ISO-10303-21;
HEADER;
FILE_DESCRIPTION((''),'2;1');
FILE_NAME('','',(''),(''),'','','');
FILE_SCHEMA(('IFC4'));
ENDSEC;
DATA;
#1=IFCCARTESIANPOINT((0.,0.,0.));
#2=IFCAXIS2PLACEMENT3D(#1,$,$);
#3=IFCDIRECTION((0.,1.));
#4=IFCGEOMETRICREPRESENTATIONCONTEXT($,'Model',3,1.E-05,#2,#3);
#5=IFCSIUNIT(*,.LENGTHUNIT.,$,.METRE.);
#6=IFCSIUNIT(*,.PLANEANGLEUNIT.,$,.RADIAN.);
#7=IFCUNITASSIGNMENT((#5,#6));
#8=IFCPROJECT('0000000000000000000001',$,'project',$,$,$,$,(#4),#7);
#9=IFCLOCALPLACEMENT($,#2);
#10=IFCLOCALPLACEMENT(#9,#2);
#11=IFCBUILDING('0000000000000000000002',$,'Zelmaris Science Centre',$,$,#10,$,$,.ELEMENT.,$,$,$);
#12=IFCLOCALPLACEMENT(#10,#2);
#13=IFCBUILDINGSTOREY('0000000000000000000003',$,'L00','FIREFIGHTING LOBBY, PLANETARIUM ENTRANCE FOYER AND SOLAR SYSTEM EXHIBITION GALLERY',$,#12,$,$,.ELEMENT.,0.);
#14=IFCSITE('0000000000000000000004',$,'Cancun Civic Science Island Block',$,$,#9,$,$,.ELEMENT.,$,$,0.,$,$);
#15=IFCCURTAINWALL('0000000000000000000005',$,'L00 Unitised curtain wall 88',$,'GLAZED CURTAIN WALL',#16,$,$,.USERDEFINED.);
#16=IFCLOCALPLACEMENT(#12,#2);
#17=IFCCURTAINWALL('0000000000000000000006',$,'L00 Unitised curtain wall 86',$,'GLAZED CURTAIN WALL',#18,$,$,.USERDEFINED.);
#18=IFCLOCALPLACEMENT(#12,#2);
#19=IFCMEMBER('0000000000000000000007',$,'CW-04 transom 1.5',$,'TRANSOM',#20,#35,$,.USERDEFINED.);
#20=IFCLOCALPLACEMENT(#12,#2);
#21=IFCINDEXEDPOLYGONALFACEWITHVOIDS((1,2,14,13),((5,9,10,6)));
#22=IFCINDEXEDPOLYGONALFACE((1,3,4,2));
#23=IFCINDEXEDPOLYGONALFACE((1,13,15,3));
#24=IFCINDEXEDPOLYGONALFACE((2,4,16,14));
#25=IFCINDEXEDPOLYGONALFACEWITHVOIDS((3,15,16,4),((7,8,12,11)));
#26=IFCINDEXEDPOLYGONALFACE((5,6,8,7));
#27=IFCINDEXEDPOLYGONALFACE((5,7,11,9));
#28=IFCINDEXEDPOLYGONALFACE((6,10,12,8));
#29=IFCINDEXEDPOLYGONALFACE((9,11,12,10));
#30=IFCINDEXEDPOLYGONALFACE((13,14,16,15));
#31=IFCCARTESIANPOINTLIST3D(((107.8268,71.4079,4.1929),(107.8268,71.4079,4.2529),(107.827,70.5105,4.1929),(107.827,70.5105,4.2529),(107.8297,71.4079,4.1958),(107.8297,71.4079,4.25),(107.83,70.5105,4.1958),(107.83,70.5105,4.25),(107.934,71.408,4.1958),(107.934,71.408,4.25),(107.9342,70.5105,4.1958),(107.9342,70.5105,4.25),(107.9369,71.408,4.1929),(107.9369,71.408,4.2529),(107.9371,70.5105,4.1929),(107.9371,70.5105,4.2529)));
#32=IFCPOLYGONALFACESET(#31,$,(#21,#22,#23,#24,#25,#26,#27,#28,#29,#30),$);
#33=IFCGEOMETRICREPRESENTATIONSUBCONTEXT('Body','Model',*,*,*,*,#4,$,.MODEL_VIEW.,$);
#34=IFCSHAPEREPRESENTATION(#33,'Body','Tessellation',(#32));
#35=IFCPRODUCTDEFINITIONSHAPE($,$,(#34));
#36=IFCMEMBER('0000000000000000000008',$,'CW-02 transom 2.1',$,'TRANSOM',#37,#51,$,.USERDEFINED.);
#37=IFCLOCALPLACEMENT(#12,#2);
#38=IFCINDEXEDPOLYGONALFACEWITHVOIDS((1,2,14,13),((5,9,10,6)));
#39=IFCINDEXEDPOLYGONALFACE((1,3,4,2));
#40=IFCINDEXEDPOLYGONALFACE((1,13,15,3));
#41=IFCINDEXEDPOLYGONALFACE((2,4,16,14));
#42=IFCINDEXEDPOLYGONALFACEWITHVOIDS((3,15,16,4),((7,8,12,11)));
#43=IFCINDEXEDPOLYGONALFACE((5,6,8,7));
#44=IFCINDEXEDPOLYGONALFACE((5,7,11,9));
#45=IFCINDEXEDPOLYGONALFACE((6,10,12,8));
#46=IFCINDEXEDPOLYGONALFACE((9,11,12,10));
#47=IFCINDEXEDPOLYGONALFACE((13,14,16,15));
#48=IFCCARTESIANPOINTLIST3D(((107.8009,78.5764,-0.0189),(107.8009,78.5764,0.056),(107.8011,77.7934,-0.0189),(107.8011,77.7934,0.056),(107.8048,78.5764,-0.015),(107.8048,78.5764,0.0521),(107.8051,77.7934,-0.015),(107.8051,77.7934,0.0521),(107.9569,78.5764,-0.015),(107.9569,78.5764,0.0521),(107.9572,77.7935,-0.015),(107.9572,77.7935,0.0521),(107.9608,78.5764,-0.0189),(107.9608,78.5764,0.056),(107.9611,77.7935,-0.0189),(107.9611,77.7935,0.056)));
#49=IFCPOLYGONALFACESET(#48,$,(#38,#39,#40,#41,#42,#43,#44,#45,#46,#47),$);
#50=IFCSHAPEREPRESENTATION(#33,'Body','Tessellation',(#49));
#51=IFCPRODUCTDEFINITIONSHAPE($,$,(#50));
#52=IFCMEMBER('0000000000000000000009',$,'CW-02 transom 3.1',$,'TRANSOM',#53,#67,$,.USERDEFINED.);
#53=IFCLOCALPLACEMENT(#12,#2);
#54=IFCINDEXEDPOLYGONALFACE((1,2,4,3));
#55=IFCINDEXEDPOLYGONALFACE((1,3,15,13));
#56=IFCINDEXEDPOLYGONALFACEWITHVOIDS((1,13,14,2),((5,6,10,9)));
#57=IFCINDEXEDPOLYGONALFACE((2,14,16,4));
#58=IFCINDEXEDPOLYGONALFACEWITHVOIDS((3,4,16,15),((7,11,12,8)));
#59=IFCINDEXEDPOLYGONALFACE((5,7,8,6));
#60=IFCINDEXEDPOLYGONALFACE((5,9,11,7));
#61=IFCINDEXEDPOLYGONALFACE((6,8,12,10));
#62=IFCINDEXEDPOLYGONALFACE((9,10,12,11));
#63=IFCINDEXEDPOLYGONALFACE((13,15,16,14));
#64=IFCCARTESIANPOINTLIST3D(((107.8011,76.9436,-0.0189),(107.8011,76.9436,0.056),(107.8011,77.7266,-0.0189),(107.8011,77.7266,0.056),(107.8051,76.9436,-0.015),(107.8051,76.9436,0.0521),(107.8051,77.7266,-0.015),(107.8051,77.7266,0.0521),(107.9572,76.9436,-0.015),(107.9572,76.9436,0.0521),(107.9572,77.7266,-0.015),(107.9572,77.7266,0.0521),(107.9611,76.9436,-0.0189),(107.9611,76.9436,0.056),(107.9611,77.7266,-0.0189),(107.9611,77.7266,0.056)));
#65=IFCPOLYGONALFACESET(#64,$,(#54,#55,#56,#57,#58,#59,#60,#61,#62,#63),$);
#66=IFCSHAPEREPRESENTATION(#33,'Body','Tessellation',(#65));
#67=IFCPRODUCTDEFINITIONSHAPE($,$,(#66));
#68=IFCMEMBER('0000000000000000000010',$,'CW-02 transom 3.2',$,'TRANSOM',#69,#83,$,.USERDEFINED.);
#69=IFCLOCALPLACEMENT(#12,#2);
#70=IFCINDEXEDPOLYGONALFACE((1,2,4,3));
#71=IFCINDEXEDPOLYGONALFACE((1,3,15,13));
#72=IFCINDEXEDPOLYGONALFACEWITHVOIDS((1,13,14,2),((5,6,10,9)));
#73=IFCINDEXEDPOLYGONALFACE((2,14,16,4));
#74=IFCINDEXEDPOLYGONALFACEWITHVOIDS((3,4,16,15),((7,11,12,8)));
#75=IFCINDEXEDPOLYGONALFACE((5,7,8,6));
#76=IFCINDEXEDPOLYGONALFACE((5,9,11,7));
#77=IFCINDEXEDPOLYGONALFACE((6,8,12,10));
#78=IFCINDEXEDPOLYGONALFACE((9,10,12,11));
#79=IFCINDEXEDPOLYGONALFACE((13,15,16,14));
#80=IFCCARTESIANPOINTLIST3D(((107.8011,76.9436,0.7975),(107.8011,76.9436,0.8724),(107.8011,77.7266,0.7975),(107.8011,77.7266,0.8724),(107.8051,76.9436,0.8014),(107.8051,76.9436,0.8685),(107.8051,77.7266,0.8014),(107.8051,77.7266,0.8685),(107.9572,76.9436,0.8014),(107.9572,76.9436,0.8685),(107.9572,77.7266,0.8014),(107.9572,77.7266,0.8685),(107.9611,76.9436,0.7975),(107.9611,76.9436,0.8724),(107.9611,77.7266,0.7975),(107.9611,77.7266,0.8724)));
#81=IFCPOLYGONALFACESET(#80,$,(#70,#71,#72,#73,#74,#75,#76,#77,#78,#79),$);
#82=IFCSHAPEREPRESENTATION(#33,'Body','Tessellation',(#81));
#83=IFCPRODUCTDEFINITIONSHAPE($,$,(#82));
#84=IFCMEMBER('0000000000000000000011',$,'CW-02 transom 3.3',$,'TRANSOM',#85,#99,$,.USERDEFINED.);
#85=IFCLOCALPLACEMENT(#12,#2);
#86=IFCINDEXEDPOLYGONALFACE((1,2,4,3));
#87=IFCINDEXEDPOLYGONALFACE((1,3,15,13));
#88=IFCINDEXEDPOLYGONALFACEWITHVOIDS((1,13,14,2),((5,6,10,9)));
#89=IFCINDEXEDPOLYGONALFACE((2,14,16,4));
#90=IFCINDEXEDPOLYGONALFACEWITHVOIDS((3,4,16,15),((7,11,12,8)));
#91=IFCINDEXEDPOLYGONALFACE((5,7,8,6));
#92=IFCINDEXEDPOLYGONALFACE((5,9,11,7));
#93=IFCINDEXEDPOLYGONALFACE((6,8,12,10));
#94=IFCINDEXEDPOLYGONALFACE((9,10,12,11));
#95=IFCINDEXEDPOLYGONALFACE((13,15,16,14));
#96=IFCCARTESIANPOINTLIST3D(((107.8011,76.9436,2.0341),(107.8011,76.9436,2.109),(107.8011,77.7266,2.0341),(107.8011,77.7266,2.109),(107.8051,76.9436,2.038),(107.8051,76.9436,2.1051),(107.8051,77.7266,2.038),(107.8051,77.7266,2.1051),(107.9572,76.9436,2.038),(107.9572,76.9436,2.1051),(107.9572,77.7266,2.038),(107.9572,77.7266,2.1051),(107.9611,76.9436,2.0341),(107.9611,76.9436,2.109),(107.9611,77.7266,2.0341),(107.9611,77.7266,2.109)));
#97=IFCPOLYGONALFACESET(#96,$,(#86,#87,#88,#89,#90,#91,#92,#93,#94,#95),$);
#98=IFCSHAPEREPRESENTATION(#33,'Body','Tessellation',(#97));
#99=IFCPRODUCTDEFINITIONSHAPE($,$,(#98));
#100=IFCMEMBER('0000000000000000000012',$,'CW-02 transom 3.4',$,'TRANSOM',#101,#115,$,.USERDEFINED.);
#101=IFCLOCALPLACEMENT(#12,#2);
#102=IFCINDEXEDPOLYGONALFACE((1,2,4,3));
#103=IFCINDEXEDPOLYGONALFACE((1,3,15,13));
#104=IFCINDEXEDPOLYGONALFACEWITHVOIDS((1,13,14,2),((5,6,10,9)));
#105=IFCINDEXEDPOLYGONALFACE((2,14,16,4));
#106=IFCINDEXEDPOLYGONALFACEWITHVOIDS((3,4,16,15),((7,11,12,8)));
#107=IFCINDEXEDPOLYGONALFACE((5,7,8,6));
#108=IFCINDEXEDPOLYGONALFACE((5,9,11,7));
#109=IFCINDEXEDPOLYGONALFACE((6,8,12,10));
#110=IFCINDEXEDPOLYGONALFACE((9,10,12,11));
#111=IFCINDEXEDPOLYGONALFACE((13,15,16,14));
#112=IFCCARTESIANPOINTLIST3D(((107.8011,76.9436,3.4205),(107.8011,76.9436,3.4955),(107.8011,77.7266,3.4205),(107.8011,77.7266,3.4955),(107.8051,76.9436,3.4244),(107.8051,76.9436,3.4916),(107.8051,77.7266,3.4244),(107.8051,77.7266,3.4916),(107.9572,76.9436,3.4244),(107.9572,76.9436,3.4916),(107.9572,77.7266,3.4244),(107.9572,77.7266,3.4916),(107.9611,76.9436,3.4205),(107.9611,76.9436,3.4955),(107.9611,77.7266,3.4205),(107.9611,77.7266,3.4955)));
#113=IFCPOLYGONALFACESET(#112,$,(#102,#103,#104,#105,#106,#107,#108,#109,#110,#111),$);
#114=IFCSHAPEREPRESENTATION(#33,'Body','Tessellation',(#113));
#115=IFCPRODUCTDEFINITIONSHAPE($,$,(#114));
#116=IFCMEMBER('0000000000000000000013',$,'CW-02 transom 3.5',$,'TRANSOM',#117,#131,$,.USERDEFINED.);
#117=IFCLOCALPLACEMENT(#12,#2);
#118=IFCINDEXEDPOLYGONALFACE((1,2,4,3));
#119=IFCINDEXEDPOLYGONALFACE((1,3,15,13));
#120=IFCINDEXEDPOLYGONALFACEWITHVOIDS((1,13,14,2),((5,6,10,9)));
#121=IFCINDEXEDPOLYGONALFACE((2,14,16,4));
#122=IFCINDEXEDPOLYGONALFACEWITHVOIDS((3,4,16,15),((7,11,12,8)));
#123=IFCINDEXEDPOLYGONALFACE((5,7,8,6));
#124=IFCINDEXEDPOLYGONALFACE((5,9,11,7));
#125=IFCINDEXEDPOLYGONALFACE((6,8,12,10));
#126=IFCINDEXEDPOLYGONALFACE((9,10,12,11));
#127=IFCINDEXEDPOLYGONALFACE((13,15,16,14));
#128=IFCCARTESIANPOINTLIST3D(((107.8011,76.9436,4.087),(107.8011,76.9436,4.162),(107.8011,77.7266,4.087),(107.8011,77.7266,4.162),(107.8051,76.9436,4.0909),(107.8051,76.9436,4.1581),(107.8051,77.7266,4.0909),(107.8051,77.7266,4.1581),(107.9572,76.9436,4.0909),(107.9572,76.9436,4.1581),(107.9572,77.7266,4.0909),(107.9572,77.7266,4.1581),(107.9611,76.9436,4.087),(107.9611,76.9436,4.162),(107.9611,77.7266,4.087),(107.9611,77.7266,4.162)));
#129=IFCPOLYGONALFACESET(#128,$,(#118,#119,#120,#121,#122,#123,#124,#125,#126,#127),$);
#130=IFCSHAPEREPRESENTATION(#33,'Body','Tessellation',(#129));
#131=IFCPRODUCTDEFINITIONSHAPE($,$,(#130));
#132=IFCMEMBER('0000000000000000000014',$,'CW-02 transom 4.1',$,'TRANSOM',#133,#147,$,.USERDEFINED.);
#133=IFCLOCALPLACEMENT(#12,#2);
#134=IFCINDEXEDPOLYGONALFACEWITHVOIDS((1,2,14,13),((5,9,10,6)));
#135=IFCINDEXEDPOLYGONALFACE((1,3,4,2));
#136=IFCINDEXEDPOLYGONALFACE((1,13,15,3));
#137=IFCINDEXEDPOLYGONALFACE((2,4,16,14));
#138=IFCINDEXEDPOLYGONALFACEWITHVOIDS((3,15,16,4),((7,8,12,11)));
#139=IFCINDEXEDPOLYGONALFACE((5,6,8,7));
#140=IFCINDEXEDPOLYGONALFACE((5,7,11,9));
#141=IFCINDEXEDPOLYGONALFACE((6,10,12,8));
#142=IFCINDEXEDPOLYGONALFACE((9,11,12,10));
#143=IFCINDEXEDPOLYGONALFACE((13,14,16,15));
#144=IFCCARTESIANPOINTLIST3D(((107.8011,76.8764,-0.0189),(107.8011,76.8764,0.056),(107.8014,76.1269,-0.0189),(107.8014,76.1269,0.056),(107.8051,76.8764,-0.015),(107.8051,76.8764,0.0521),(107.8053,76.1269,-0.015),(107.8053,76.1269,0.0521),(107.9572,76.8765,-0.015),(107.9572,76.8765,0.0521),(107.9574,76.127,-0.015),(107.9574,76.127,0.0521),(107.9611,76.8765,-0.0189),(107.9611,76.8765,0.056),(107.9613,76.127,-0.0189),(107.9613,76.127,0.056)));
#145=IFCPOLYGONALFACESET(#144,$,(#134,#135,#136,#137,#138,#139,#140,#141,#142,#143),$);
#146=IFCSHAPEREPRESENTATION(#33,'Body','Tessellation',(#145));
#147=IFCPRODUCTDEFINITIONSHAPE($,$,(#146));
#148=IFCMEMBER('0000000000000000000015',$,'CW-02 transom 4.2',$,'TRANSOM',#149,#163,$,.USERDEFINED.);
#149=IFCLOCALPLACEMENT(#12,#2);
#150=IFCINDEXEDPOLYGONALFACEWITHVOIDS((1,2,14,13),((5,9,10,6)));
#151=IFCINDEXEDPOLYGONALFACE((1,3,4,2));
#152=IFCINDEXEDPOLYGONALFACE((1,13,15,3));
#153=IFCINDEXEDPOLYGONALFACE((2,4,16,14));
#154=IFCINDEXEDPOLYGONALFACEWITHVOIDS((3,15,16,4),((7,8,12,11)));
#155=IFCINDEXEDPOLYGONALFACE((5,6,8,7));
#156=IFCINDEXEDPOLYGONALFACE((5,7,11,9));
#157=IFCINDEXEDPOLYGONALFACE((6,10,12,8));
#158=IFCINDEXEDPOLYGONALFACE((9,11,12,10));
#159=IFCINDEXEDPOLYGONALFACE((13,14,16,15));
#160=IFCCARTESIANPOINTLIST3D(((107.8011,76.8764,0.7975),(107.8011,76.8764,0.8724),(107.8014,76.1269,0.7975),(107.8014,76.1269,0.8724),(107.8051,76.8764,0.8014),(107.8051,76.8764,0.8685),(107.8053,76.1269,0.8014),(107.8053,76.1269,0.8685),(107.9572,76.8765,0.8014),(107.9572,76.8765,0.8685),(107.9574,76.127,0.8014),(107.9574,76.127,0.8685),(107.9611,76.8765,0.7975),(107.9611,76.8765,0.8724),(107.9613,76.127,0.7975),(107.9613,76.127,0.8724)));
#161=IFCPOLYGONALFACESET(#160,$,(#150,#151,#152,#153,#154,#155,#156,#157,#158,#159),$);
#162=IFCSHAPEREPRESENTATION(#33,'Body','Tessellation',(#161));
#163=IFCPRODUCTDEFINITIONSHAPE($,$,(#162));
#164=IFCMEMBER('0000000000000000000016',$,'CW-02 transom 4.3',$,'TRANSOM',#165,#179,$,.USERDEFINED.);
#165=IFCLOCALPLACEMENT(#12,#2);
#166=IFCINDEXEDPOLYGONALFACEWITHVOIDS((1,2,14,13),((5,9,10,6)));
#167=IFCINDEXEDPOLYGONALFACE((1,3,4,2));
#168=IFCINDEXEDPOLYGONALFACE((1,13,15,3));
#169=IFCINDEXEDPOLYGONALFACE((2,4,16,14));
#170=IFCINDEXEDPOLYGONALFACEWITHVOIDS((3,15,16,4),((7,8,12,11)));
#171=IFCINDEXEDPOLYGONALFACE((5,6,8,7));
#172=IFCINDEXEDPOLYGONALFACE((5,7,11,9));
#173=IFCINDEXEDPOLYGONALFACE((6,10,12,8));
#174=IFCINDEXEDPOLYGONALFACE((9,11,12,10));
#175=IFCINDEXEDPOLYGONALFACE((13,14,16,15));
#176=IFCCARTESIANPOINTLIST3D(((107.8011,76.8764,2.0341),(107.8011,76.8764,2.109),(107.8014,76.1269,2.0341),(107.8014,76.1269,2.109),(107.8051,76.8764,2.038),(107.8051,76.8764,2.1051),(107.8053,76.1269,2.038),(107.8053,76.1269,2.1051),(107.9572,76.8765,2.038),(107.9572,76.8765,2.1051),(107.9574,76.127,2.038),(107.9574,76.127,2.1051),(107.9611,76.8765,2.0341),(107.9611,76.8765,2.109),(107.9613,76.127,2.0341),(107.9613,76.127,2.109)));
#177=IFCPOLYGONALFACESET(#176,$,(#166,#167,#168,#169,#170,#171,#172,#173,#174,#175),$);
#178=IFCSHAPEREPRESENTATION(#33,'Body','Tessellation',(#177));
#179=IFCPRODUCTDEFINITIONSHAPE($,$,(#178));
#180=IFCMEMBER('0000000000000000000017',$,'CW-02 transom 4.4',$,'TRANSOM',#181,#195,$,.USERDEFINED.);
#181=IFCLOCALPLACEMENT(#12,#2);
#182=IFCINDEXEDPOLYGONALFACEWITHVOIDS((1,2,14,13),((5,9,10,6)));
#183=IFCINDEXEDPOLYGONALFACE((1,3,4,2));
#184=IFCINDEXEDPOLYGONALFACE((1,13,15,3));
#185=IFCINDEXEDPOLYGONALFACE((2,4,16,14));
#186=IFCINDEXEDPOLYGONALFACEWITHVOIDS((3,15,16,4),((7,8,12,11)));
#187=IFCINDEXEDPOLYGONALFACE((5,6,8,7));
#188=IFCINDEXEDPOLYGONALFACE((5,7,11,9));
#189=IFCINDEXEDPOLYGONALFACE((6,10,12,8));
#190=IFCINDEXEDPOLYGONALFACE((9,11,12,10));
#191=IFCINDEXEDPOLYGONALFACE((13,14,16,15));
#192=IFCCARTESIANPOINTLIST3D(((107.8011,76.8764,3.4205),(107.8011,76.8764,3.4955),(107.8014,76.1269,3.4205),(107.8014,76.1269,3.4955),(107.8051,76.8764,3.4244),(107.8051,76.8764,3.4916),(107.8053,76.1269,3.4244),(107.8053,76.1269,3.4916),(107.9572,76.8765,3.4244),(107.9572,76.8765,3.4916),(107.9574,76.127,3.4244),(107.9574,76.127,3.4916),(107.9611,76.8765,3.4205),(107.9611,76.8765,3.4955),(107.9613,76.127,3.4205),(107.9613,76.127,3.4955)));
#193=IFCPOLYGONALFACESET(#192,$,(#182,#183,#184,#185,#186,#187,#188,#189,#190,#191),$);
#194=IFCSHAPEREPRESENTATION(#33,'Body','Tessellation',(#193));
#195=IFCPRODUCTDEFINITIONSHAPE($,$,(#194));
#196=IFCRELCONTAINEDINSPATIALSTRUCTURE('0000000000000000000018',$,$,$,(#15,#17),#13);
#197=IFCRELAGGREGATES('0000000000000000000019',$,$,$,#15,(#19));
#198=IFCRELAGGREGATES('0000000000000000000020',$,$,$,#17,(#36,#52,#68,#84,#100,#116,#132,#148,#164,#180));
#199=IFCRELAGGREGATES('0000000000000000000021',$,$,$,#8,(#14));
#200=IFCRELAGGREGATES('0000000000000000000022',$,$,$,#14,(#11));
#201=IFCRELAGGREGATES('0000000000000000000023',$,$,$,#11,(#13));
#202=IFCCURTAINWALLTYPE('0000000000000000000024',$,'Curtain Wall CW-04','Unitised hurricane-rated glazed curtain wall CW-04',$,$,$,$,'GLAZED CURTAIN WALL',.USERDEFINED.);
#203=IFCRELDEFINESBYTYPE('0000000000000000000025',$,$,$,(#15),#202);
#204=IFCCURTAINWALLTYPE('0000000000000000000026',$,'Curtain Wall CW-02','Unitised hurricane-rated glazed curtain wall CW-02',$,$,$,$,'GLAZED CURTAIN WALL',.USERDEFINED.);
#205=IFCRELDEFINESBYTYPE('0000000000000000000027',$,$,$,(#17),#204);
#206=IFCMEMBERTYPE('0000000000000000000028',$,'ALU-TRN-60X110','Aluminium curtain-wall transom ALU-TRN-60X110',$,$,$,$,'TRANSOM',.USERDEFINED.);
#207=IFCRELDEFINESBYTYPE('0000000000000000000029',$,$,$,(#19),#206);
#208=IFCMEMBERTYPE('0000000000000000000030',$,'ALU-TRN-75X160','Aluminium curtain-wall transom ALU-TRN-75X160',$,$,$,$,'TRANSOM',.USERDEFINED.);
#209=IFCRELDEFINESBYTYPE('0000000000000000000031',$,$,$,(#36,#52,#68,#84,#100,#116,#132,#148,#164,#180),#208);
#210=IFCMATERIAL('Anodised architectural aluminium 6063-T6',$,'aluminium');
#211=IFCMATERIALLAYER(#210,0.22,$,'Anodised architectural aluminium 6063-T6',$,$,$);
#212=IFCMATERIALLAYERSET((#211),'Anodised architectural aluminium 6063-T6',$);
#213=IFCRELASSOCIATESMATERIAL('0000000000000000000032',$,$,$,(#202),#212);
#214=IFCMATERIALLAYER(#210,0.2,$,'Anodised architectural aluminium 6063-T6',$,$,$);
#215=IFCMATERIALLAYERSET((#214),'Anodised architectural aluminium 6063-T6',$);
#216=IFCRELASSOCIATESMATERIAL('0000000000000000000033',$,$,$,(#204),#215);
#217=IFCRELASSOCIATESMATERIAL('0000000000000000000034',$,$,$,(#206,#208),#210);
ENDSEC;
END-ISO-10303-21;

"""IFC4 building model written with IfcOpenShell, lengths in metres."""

from ifc_helpers import new_model, si_unit, direction, frame, origin, origin_2d, place, context, subcontext, project, spatial, hollow_rectangle, extrude, material, layer, layer_set, material_profile, profile_set, type_object, element, aggregate, save


model = new_model("IFC4")

# Units and contexts
model_context = context("Model", 3, precision=1e-05, world=origin(), true_north=direction((0.0, 1.0)))
body_context = subcontext(model_context, "Body", "Model", "MODEL_VIEW")
ifc_project = project(units=[si_unit("LENGTHUNIT", "METRE"), si_unit("PLANEANGLEUNIT", "RADIAN")], contexts=[model_context])

# Site, building, storey
site_placement = place(None, origin())
site = spatial("IfcSite", under=ifc_project, at=site_placement, Name="Cancun Civic Science Island Block", CompositionType="ELEMENT", RefElevation=0.0)
building_placement = place(site_placement, origin())
building = spatial("IfcBuilding", under=site, at=building_placement, Name="Zelmaris Science Centre", CompositionType="ELEMENT")
storey_placement = place(building_placement, origin())
storey = spatial("IfcBuildingStorey", under=building, at=storey_placement, Name="L00", Description="FIREFIGHTING LOBBY, PLANETARIUM ENTRANCE FOYER AND SOLAR SYSTEM EXHIBITION GALLERY", CompositionType="ELEMENT", Elevation=0.0)

# Curtain wall
ifc_material_1 = material(Name="Anodised architectural aluminium 6063-T6", Category="aluminium")
ifc_layer_1 = layer(ifc_material_1, 0.22, Name="Anodised architectural aluminium 6063-T6")
ifc_layer_set_1 = layer_set([ifc_layer_1], Name="Anodised architectural aluminium 6063-T6")
curtain_wall_type_1 = type_object("IfcCurtainWallType", Name="Curtain Wall CW-04", Description="Unitised hurricane-rated glazed curtain wall CW-04", ElementType="GLAZED CURTAIN WALL", PredefinedType="USERDEFINED", material=ifc_layer_set_1)
curtain_wall_1_placement = place(storey_placement, origin())
curtain_wall_1 = element("IfcCurtainWall", 1, at=curtain_wall_1_placement, inside=storey, type_object=curtain_wall_type_1, Name="L00 Unitised curtain wall 88", ObjectType="GLAZED CURTAIN WALL", PredefinedType="USERDEFINED")

# Curtain wall
ifc_layer_2 = layer(ifc_material_1, 0.2, Name="Anodised architectural aluminium 6063-T6")
ifc_layer_set_2 = layer_set([ifc_layer_2], Name="Anodised architectural aluminium 6063-T6")
curtain_wall_type_2 = type_object("IfcCurtainWallType", Name="Curtain Wall CW-02", Description="Unitised hurricane-rated glazed curtain wall CW-02", ElementType="GLAZED CURTAIN WALL", PredefinedType="USERDEFINED", material=ifc_layer_set_2)
curtain_wall_2_placement = place(storey_placement, origin())
curtain_wall_2 = element("IfcCurtainWall", 2, at=curtain_wall_2_placement, inside=storey, type_object=curtain_wall_type_2, Name="L00 Unitised curtain wall 86", ObjectType="GLAZED CURTAIN WALL", PredefinedType="USERDEFINED")

# Members
ifc_material_profile_1 = material_profile(ifc_material_1, hollow_rectangle(XDim=0.0601, YDim=0.1101, WallThickness=0.0029, at=origin_2d()), Name="ALU-TRN-60X110")
ifc_profile_set_1 = profile_set([ifc_material_profile_1], Name="Anodised architectural aluminium 6063-T6")
member_type_1 = type_object("IfcMemberType", Name="ALU-TRN-60X110", Description="Aluminium curtain-wall transom ALU-TRN-60X110", ElementType="TRANSOM", PredefinedType="USERDEFINED", material=ifc_profile_set_1)
member_1_placement = place(storey_placement, frame((107.8818, 71.408, 4.2229), z_axis=(0.000272, -1.0, 0.0), x_axis=(0.0, 0.0, 1.0)))
member_1 = element("IfcMember", 3, at=member_1_placement, type_object=member_type_1, Name="CW-04 transom 1.5", ObjectType="TRANSOM", PredefinedType="USERDEFINED", context=body_context, shape_type="SweptSolid", body=[
    extrude(hollow_rectangle(XDim=0.0601, YDim=0.1101, WallThickness=0.0029, at=origin_2d()), origin(), (0.0, 0.0, 1.0), 0.8975),
])
aggregate(curtain_wall_1, [member_1])
ifc_material_profile_2 = material_profile(ifc_material_1, hollow_rectangle(XDim=0.075, YDim=0.1599, WallThickness=0.0039, at=origin_2d()), Name="ALU-TRN-75X160")
ifc_profile_set_2 = profile_set([ifc_material_profile_2], Name="Anodised architectural aluminium 6063-T6")
member_type_2 = type_object("IfcMemberType", Name="ALU-TRN-75X160", Description="Aluminium curtain-wall transom ALU-TRN-75X160", ElementType="TRANSOM", PredefinedType="USERDEFINED", material=ifc_profile_set_2)
member_2_placement = place(storey_placement, frame((107.8809, 78.5764, 0.0186), z_axis=(0.000312, -1.0, 0.0), x_axis=(0.0, 0.0, 1.0)))
member_2 = element("IfcMember", 4, at=member_2_placement, type_object=member_type_2, Name="CW-02 transom 2.1", ObjectType="TRANSOM", PredefinedType="USERDEFINED", context=body_context, shape_type="SweptSolid", body=[
    extrude(hollow_rectangle(XDim=0.075, YDim=0.1599, WallThickness=0.0039, at=origin_2d()), origin(), (0.0, 0.0, 1.0), 0.783),
])
member_3_placement = place(storey_placement, frame((107.8811, 77.7266, 0.0186), z_axis=(0.0, -1.0, 0.0), x_axis=(0.0, 0.0, 1.0)))
member_3 = element("IfcMember", 5, at=member_3_placement, type_object=member_type_2, Name="CW-02 transom 3.1", ObjectType="TRANSOM", PredefinedType="USERDEFINED", context=body_context, shape_type="SweptSolid", body=[
    extrude(hollow_rectangle(XDim=0.075, YDim=0.1599, WallThickness=0.0039, at=origin_2d()), origin(), (0.0, 0.0, 1.0), 0.783),
])
member_4_placement = place(storey_placement, frame((107.8811, 77.7266, 0.835), z_axis=(0.0, -1.0, 0.0), x_axis=(0.0, 0.0, 1.0)))
member_4 = element("IfcMember", 6, at=member_4_placement, type_object=member_type_2, Name="CW-02 transom 3.2", ObjectType="TRANSOM", PredefinedType="USERDEFINED", context=body_context, shape_type="SweptSolid", body=[
    extrude(hollow_rectangle(XDim=0.075, YDim=0.1599, WallThickness=0.0039, at=origin_2d()), origin(), (0.0, 0.0, 1.0), 0.783),
])
member_5_placement = place(storey_placement, frame((107.8811, 77.7266, 2.0715), z_axis=(0.0, -1.0, 0.0), x_axis=(0.0, 0.0, 1.0)))
member_5 = element("IfcMember", 7, at=member_5_placement, type_object=member_type_2, Name="CW-02 transom 3.3", ObjectType="TRANSOM", PredefinedType="USERDEFINED", context=body_context, shape_type="SweptSolid", body=[
    extrude(hollow_rectangle(XDim=0.075, YDim=0.1599, WallThickness=0.0039, at=origin_2d()), origin(), (0.0, 0.0, 1.0), 0.783),
])
member_6_placement = place(storey_placement, frame((107.8811, 77.7266, 3.458), z_axis=(0.0, -1.0, 0.0), x_axis=(0.0, 0.0, 1.0)))
member_6 = element("IfcMember", 8, at=member_6_placement, type_object=member_type_2, Name="CW-02 transom 3.4", ObjectType="TRANSOM", PredefinedType="USERDEFINED", context=body_context, shape_type="SweptSolid", body=[
    extrude(hollow_rectangle(XDim=0.075, YDim=0.1599, WallThickness=0.0039, at=origin_2d()), origin(), (0.0, 0.0, 1.0), 0.783),
])
member_7_placement = place(storey_placement, frame((107.8811, 77.7266, 4.1245), z_axis=(0.0, -1.0, 0.0), x_axis=(0.0, 0.0, 1.0)))
member_7 = element("IfcMember", 9, at=member_7_placement, type_object=member_type_2, Name="CW-02 transom 3.5", ObjectType="TRANSOM", PredefinedType="USERDEFINED", context=body_context, shape_type="SweptSolid", body=[
    extrude(hollow_rectangle(XDim=0.075, YDim=0.1599, WallThickness=0.0039, at=origin_2d()), origin(), (0.0, 0.0, 1.0), 0.783),
])
member_8_placement = place(storey_placement, frame((107.8811, 76.8765, 0.0186), z_axis=(0.000326, -1.0, 0.0), x_axis=(0.0, 0.0, 1.0)))
member_8 = element("IfcMember", 10, at=member_8_placement, type_object=member_type_2, Name="CW-02 transom 4.1", ObjectType="TRANSOM", PredefinedType="USERDEFINED", context=body_context, shape_type="SweptSolid", body=[
    extrude(hollow_rectangle(XDim=0.075, YDim=0.1599, WallThickness=0.0039, at=origin_2d()), origin(), (0.0, 0.0, 1.0), 0.7495),
])
member_9_placement = place(storey_placement, frame((107.8811, 76.8765, 0.835), z_axis=(0.000326, -1.0, 0.0), x_axis=(0.0, 0.0, 1.0)))
member_9 = element("IfcMember", 11, at=member_9_placement, type_object=member_type_2, Name="CW-02 transom 4.2", ObjectType="TRANSOM", PredefinedType="USERDEFINED", context=body_context, shape_type="SweptSolid", body=[
    extrude(hollow_rectangle(XDim=0.075, YDim=0.1599, WallThickness=0.0039, at=origin_2d()), origin(), (0.0, 0.0, 1.0), 0.7495),
])
member_10_placement = place(storey_placement, frame((107.8811, 76.8765, 2.0715), z_axis=(0.000326, -1.0, 0.0), x_axis=(0.0, 0.0, 1.0)))
member_10 = element("IfcMember", 12, at=member_10_placement, type_object=member_type_2, Name="CW-02 transom 4.3", ObjectType="TRANSOM", PredefinedType="USERDEFINED", context=body_context, shape_type="SweptSolid", body=[
    extrude(hollow_rectangle(XDim=0.075, YDim=0.1599, WallThickness=0.0039, at=origin_2d()), origin(), (0.0, 0.0, 1.0), 0.7495),
])
member_11_placement = place(storey_placement, frame((107.8811, 76.8765, 3.458), z_axis=(0.000326, -1.0, 0.0), x_axis=(0.0, 0.0, 1.0)))
member_11 = element("IfcMember", 13, at=member_11_placement, type_object=member_type_2, Name="CW-02 transom 4.4", ObjectType="TRANSOM", PredefinedType="USERDEFINED", context=body_context, shape_type="SweptSolid", body=[
    extrude(hollow_rectangle(XDim=0.075, YDim=0.1599, WallThickness=0.0039, at=origin_2d()), origin(), (0.0, 0.0, 1.0), 0.7495),
])

aggregate(curtain_wall_2, [member_2, member_3, member_4, member_5, member_6, member_7, member_8, member_9, member_10, member_11])

save(model, "model.ifc")
